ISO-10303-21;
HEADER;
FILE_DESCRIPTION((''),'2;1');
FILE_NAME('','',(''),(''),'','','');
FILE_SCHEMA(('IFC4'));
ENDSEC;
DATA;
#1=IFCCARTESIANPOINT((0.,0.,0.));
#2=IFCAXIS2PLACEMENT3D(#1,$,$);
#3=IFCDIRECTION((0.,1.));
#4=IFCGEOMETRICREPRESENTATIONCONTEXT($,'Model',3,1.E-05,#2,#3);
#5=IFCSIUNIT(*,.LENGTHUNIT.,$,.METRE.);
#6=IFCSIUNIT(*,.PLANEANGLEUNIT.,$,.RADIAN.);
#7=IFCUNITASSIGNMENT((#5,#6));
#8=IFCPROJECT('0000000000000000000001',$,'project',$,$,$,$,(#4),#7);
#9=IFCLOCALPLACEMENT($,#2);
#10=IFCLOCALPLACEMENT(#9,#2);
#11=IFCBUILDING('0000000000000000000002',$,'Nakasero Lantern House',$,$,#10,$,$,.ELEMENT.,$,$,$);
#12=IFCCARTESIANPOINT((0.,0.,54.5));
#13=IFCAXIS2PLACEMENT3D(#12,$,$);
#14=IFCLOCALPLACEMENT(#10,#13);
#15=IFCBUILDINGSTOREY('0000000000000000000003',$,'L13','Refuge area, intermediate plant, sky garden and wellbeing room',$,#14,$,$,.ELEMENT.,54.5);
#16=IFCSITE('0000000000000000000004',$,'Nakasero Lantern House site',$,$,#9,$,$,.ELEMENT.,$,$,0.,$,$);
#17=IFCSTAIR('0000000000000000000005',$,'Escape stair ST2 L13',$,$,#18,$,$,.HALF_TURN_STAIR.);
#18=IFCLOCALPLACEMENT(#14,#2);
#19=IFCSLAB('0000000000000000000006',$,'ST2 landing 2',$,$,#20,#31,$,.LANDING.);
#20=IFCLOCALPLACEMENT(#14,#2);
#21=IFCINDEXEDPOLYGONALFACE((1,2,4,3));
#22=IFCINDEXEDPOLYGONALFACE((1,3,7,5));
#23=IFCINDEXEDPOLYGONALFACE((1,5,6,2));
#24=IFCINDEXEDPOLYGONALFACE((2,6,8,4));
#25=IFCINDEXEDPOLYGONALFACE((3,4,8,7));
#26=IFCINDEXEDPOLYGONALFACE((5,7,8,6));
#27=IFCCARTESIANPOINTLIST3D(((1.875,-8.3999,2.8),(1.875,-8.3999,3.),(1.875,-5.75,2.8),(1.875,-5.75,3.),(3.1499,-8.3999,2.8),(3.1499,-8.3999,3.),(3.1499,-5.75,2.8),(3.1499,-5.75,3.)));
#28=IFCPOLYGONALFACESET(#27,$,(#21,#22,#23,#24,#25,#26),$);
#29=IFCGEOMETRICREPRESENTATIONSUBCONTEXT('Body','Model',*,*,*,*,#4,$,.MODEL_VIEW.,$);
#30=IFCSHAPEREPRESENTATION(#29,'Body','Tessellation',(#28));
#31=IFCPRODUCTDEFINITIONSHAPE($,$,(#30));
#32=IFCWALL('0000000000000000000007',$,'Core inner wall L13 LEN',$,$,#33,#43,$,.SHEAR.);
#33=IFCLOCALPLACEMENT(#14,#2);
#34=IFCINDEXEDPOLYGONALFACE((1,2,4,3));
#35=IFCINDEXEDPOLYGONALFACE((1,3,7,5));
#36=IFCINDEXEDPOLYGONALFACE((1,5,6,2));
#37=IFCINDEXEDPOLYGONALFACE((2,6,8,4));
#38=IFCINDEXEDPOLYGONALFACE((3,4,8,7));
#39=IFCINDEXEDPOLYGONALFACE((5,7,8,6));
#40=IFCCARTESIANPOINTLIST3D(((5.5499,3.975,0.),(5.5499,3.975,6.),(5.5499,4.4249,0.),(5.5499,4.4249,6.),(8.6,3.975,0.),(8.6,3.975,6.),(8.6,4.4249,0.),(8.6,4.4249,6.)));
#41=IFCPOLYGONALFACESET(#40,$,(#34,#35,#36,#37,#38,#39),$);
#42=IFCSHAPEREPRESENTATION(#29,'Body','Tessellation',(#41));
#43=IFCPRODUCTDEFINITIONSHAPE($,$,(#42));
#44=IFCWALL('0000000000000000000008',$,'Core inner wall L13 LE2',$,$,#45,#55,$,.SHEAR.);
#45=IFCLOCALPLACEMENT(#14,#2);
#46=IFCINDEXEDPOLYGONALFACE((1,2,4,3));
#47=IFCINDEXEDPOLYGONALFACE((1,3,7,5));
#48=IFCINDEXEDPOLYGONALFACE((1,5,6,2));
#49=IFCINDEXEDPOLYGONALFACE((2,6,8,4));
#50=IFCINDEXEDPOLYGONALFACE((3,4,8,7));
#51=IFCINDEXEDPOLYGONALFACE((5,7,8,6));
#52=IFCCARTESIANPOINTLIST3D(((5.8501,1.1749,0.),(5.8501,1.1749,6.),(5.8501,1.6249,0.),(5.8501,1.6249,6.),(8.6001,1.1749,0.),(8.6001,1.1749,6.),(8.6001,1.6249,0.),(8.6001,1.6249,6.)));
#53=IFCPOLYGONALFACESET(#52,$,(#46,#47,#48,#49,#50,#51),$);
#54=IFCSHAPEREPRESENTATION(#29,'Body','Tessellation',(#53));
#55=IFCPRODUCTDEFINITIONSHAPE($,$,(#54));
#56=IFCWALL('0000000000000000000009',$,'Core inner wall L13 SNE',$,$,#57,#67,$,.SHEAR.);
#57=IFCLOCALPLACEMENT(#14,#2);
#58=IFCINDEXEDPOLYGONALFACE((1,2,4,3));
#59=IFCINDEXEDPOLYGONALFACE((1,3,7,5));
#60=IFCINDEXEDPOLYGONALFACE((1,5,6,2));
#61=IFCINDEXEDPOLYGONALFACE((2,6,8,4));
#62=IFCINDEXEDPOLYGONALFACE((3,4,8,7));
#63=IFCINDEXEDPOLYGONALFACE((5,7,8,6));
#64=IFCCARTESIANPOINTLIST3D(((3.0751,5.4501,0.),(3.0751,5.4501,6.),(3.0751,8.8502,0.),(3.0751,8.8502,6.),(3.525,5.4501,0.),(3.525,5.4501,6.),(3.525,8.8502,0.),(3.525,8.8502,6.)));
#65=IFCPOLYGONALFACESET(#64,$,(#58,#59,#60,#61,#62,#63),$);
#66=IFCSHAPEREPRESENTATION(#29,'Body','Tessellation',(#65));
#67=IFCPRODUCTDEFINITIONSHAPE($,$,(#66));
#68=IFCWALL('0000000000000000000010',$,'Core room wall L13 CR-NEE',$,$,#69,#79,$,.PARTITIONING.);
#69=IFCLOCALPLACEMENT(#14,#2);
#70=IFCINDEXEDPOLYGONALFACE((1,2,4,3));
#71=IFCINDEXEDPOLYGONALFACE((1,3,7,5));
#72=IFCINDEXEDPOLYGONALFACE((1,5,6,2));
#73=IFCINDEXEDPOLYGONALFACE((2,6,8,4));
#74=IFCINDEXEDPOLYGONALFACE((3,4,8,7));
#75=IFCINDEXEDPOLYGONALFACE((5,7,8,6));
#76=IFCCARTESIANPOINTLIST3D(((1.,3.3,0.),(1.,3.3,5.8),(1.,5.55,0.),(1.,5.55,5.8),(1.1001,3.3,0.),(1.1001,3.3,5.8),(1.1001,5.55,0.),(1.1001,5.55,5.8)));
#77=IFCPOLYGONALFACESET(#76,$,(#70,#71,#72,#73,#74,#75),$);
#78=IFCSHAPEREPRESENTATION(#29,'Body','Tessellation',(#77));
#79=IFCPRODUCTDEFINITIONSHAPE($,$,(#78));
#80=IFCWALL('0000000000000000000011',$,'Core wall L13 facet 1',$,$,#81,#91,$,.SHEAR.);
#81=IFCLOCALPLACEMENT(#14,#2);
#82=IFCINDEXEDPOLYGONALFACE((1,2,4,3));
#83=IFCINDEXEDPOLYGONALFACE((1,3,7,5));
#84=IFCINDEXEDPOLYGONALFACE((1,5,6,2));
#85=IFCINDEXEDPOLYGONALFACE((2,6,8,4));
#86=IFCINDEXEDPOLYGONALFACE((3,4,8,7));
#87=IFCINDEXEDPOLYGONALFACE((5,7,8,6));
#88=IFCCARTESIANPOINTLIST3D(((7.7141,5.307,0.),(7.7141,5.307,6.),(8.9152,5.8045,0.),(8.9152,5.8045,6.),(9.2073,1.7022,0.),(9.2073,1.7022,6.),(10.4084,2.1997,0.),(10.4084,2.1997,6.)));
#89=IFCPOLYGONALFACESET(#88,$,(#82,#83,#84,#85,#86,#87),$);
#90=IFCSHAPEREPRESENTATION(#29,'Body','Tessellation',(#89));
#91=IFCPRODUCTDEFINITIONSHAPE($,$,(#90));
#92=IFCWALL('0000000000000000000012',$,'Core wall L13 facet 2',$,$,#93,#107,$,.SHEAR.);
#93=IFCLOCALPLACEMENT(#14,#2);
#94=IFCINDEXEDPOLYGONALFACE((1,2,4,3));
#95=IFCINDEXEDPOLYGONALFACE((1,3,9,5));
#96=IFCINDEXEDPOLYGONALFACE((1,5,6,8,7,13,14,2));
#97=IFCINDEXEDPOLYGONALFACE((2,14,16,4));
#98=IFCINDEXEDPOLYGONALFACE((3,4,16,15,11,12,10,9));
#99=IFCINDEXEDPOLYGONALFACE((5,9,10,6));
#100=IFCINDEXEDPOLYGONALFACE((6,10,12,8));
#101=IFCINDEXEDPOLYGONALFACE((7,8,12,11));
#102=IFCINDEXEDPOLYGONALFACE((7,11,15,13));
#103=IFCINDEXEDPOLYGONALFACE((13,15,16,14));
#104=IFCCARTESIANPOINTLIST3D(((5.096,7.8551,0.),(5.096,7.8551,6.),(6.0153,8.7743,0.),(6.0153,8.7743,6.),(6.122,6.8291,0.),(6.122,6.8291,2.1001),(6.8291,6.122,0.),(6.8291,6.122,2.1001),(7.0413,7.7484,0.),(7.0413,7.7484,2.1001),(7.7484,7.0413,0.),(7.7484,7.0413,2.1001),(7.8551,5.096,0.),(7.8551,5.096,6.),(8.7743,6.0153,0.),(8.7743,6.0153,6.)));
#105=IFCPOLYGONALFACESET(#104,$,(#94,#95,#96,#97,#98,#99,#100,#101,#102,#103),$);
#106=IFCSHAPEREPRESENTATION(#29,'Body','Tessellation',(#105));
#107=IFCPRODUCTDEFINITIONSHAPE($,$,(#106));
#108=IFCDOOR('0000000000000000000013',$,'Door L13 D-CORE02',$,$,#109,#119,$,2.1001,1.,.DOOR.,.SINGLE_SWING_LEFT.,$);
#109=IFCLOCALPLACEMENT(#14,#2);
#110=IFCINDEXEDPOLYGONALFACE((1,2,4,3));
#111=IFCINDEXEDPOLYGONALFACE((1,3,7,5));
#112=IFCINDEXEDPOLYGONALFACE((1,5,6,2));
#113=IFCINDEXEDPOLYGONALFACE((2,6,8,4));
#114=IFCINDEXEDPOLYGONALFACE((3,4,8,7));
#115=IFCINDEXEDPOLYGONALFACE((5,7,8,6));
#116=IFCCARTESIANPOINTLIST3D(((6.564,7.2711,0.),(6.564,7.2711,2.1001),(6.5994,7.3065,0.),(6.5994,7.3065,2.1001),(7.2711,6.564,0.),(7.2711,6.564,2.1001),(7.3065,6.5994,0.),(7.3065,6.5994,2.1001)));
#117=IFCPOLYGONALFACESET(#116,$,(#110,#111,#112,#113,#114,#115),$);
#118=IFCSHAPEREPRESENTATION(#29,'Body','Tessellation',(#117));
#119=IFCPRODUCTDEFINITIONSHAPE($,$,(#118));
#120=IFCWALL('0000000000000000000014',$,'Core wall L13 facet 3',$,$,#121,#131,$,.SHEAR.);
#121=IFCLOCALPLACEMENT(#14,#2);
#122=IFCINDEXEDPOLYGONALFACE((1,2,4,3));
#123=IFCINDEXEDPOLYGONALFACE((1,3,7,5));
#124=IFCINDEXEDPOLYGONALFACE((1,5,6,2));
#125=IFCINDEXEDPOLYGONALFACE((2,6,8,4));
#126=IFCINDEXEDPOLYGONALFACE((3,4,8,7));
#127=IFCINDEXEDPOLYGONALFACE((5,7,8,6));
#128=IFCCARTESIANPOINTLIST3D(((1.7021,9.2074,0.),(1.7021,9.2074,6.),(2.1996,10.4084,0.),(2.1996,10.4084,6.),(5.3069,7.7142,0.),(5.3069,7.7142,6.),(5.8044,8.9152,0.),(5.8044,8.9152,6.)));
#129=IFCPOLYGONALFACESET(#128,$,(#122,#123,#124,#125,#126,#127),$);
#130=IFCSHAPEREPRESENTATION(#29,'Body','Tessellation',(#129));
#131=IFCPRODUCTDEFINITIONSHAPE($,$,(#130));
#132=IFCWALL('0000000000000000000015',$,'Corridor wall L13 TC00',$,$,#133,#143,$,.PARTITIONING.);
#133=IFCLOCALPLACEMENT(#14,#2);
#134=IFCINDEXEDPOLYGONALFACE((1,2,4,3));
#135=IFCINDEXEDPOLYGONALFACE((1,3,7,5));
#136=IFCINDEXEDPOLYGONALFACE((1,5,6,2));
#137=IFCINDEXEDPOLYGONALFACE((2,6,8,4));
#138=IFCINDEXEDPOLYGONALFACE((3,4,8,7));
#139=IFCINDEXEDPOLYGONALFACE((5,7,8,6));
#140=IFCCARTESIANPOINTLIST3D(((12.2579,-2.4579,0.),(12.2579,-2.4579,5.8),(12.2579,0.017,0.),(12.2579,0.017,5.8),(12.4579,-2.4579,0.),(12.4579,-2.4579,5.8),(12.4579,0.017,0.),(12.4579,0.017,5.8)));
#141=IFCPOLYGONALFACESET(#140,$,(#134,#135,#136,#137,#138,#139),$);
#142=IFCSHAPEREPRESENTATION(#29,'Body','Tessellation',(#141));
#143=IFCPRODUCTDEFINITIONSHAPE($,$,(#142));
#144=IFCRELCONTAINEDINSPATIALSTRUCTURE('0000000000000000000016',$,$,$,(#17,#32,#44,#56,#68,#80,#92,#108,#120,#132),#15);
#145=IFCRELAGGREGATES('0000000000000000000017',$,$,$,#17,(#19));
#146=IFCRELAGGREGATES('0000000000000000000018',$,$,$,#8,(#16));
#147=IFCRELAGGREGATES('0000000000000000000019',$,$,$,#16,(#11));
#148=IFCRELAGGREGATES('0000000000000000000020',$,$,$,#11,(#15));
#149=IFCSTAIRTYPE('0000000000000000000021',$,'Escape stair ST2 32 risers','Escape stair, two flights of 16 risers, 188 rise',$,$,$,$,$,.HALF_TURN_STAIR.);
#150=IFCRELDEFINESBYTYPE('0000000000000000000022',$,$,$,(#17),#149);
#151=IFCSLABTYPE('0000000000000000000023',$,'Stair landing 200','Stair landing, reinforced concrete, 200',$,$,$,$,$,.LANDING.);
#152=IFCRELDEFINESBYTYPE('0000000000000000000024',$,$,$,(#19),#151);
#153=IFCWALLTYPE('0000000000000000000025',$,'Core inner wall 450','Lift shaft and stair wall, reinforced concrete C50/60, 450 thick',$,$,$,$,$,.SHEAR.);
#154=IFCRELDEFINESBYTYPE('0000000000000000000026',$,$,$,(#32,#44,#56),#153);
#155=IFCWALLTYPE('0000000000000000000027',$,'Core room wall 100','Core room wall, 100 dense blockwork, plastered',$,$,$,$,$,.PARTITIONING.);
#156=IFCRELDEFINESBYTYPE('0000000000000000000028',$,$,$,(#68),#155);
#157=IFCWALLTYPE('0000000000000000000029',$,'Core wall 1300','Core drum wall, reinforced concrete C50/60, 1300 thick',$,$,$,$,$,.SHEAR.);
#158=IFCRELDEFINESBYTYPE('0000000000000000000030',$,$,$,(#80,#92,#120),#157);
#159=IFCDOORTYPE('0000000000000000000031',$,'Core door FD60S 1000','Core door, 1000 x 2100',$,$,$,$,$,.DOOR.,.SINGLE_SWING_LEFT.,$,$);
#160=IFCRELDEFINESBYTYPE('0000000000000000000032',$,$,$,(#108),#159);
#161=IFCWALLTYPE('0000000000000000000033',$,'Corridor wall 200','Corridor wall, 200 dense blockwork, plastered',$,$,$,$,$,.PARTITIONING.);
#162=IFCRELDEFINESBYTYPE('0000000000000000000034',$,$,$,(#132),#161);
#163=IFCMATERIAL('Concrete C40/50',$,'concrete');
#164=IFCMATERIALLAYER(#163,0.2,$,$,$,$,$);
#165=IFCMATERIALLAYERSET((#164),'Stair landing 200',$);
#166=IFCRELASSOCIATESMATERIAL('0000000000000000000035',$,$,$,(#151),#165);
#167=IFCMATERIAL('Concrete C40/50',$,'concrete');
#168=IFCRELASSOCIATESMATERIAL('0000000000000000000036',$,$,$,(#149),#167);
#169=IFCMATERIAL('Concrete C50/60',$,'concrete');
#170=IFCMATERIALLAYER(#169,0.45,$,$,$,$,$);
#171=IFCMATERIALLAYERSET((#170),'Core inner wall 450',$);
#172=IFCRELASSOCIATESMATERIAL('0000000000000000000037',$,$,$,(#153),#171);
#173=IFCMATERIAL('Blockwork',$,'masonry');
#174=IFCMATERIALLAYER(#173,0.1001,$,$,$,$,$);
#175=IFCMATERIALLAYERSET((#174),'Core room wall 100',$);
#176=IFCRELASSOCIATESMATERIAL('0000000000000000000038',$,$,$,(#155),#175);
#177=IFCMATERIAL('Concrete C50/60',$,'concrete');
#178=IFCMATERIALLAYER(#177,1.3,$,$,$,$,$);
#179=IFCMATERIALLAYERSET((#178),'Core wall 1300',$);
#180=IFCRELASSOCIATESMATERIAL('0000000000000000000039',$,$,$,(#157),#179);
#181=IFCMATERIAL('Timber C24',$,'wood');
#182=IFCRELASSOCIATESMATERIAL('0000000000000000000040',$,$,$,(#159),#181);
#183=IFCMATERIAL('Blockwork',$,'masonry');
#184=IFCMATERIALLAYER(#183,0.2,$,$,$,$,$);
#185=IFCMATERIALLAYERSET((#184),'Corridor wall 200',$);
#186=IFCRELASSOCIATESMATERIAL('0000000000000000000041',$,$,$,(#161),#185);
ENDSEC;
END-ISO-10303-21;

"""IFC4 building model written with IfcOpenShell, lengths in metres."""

from ifc_helpers import new_model, si_unit, direction, frame, frame_2d, origin, place, context, subcontext, project, spatial, polyline, rectangle, outline, extrude, material, layer, layer_set, type_object, element, fill, aggregate, save


model = new_model("IFC4")

# Units and contexts
model_context = context("Model", 3, precision=1e-05, world=origin(), true_north=direction((0.0, 1.0)))
body_context = subcontext(model_context, "Body", "Model", "MODEL_VIEW")
ifc_project = project(units=[si_unit("LENGTHUNIT", "METRE"), si_unit("PLANEANGLEUNIT", "RADIAN")], contexts=[model_context])

# Site, building, storey
site_placement = place(None, origin())
site = spatial("IfcSite", under=ifc_project, at=site_placement, Name="Nakasero Lantern House site", CompositionType="ELEMENT", RefElevation=0.0)
building_placement = place(site_placement, origin())
building = spatial("IfcBuilding", under=site, at=building_placement, Name="Nakasero Lantern House", CompositionType="ELEMENT")
storey_placement = place(building_placement, frame((0.0, 0.0, 54.5)))
storey = spatial("IfcBuildingStorey", under=building, at=storey_placement, Name="L13", Description="Refuge area, intermediate plant, sky garden and wellbeing room", CompositionType="ELEMENT", Elevation=54.5)

# Stair, slab
ifc_material_1 = material(Name="Concrete C40/50", Category="concrete")
ifc_layer_1 = layer(ifc_material_1, 0.2)
ifc_layer_set_1 = layer_set([ifc_layer_1], Name="Stair landing 200")
slab_type_1 = type_object("IfcSlabType", Name="Stair landing 200", Description="Stair landing, reinforced concrete, 200", PredefinedType="LANDING", material=ifc_layer_set_1)
ifc_material_2 = material(Name="Concrete C40/50", Category="concrete")
stair_type_1 = type_object("IfcStairType", Name="Escape stair ST2 32 risers", Description="Escape stair, two flights of 16 risers, 188 rise", PredefinedType="HALF_TURN_STAIR", material=ifc_material_2)
stair_1_placement = place(storey_placement, origin())
stair_1 = element("IfcStair", 1, at=stair_1_placement, inside=storey, type_object=stair_type_1, Name="Escape stair ST2 L13", PredefinedType="HALF_TURN_STAIR")
slab_1_placement = place(storey_placement, frame((0.0, 0.0, 2.8)))
slab_1 = element("IfcSlab", 2, at=slab_1_placement, type_object=slab_type_1, Name="ST2 landing 2", PredefinedType="LANDING", context=body_context, shape_type="SweptSolid", body=[
    extrude(outline(polyline([(1.875, -8.3999), (3.1499, -8.3999), (3.1499, -5.75), (1.875, -5.75), (1.875, -8.3999)])), origin(), (0.0, 0.0, 1.0), 0.2),
])
aggregate(stair_1, [slab_1])

# Walls
ifc_material_3 = material(Name="Concrete C50/60", Category="concrete")
ifc_layer_2 = layer(ifc_material_3, 0.45)
ifc_layer_set_2 = layer_set([ifc_layer_2], Name="Core inner wall 450")
wall_type_1 = type_object("IfcWallType", Name="Core inner wall 450", Description="Lift shaft and stair wall, reinforced concrete C50/60, 450 thick", PredefinedType="SHEAR", material=ifc_layer_set_2)
wall_1_placement = place(storey_placement, frame((5.55, 4.2, 0.0), z_axis=(0.0, 0.0, 1.0), x_axis=(1.0, 0.0, 0.0)))
element("IfcWall", 3, at=wall_1_placement, inside=storey, type_object=wall_type_1, Name="Core inner wall L13 LEN", PredefinedType="SHEAR", context=body_context, shape_type="SweptSolid", body=[
    extrude(rectangle(XDim=3.05, YDim=0.45, at=frame_2d((1.5249, 0.0))), origin(), (0.0, 0.0, 1.0), 6.0),
])
wall_2_placement = place(storey_placement, frame((5.8501, 1.3999, 0.0), z_axis=(0.0, 0.0, 1.0), x_axis=(1.0, 0.0, 0.0)))
element("IfcWall", 4, at=wall_2_placement, inside=storey, type_object=wall_type_1, Name="Core inner wall L13 LE2", PredefinedType="SHEAR", context=body_context, shape_type="SweptSolid", body=[
    extrude(rectangle(XDim=2.75, YDim=0.45, at=frame_2d((1.375, 0.0))), origin(), (0.0, 0.0, 1.0), 6.0),
])
wall_3_placement = place(storey_placement, frame((3.3, 5.45, 0.0), z_axis=(0.0, 0.0, 1.0), x_axis=(0.0, 1.0, 0.0)))
element("IfcWall", 5, at=wall_3_placement, inside=storey, type_object=wall_type_1, Name="Core inner wall L13 SNE", PredefinedType="SHEAR", context=body_context, shape_type="SweptSolid", body=[
    extrude(rectangle(XDim=3.4001, YDim=0.45, at=frame_2d((1.7002, 0.0))), origin(), (0.0, 0.0, 1.0), 6.0),
])
ifc_material_4 = material(Name="Blockwork", Category="masonry")
ifc_layer_3 = layer(ifc_material_4, 0.1001)
ifc_layer_set_3 = layer_set([ifc_layer_3], Name="Core room wall 100")
wall_type_2 = type_object("IfcWallType", Name="Core room wall 100", Description="Core room wall, 100 dense blockwork, plastered", PredefinedType="PARTITIONING", material=ifc_layer_set_3)
wall_4_placement = place(storey_placement, frame((1.05, 3.3, 0.0), z_axis=(0.0, 0.0, 1.0), x_axis=(0.0, 1.0, 0.0)))
element("IfcWall", 6, at=wall_4_placement, inside=storey, type_object=wall_type_2, Name="Core room wall L13 CR-NEE", PredefinedType="PARTITIONING", context=body_context, shape_type="SweptSolid", body=[
    extrude(rectangle(XDim=2.25, YDim=0.1001, at=frame_2d((1.125, 0.0))), origin(), (0.0, 0.0, 1.0), 5.8),
])
ifc_material_5 = material(Name="Concrete C50/60", Category="concrete")
ifc_layer_4 = layer(ifc_material_5, 1.3)
ifc_layer_set_4 = layer_set([ifc_layer_4], Name="Core wall 1300")
wall_type_3 = type_object("IfcWallType", Name="Core wall 1300", Description="Core drum wall, reinforced concrete C50/60, 1300 thick", PredefinedType="SHEAR", material=ifc_layer_set_4)
wall_5_placement = place(storey_placement, frame((9.8079, 1.9509, 0.0), z_axis=(0.0, 0.0, 1.0), x_axis=(-0.382691, 0.923877, 0.0)))
element("IfcWall", 7, at=wall_5_placement, inside=storey, type_object=wall_type_3, Name="Core wall L13 facet 1", PredefinedType="SHEAR", context=body_context, shape_type="SweptSolid", body=[
    extrude(rectangle(XDim=3.9019, YDim=1.3, at=frame_2d((1.9509, 0.0))), origin(), (0.0, 0.0, 1.0), 6.0),
])

# Wall, opening, door
wall_6_placement = place(storey_placement, frame((8.3147, 5.5557, 0.0), z_axis=(0.0, 0.0, 1.0), x_axis=(-0.707107, 0.707107, 0.0)))
wall_6 = element("IfcWall", 8, at=wall_6_placement, inside=storey, type_object=wall_type_3, Name="Core wall L13 facet 2", PredefinedType="SHEAR", context=body_context, shape_type="SweptSolid", body=[
    extrude(rectangle(XDim=3.9019, YDim=1.3, at=frame_2d((1.9509, 0.0))), origin(), (0.0, 0.0, 1.0), 6.0),
])
opening_1_placement = place(wall_6_placement, frame((1.4509, 0.0, 0.0)))
opening_1 = element("IfcOpeningElement", 9, at=opening_1_placement, cuts=wall_6, PredefinedType="OPENING", context=body_context, shape_type="SweptSolid", body=[
    extrude(rectangle(XDim=1.0, YDim=2.1001, at=frame_2d((0.5, 1.05))), frame((0.0, 0.6699, 0.0), z_axis=(0.0, -1.0, 0.0), x_axis=(1.0, 0.0, 0.0)), (0.0, 0.0, 1.0), 1.3401),
])
ifc_material_6 = material(Name="Timber C24", Category="wood")
door_type_1 = type_object("IfcDoorType", Name="Core door FD60S 1000", Description="Core door, 1000 x 2100", OperationType="SINGLE_SWING_LEFT", PredefinedType="DOOR", material=ifc_material_6)
door_1_placement = place(opening_1_placement, origin())
door_1 = element("IfcDoor", 10, at=door_1_placement, inside=storey, type_object=door_type_1, Name="Door L13 D-CORE02", OperationType="SINGLE_SWING_LEFT", OverallHeight=2.1001, OverallWidth=1.0, PredefinedType="DOOR", context=body_context, shape_type="SweptSolid", body=[
    extrude(rectangle(XDim=1.0, YDim=2.1001, at=frame_2d((0.5, 1.05))), frame((0.0, 0.0249, 0.0), z_axis=(0.0, -1.0, 0.0), x_axis=(1.0, 0.0, 0.0)), (0.0, 0.0, 1.0), 0.05),
])
fill(opening_1, door_1)

# Walls
wall_7_placement = place(storey_placement, frame((5.5557, 8.3147, 0.0), z_axis=(0.0, 0.0, 1.0), x_axis=(-0.923877, 0.382691, 0.0)))
element("IfcWall", 11, at=wall_7_placement, inside=storey, type_object=wall_type_3, Name="Core wall L13 facet 3", PredefinedType="SHEAR", context=body_context, shape_type="SweptSolid", body=[
    extrude(rectangle(XDim=3.9019, YDim=1.3, at=frame_2d((1.9509, 0.0))), origin(), (0.0, 0.0, 1.0), 6.0),
])
ifc_material_7 = material(Name="Blockwork", Category="masonry")
ifc_layer_5 = layer(ifc_material_7, 0.2)
ifc_layer_set_5 = layer_set([ifc_layer_5], Name="Corridor wall 200")
wall_type_4 = type_object("IfcWallType", Name="Corridor wall 200", Description="Corridor wall, 200 dense blockwork, plastered", PredefinedType="PARTITIONING", material=ifc_layer_set_5)
wall_8_placement = place(storey_placement, frame((12.3579, 0.0168, 0.0), z_axis=(0.0, 0.0, 1.0), x_axis=(0.0, -1.0, 0.0)))
element("IfcWall", 12, at=wall_8_placement, inside=storey, type_object=wall_type_4, Name="Corridor wall L13 TC00", PredefinedType="PARTITIONING", context=body_context, shape_type="SweptSolid", body=[
    extrude(rectangle(XDim=2.4749, YDim=0.2, at=frame_2d((1.2373, 0.0))), origin(), (0.0, 0.0, 1.0), 5.8),
])

save(model, "model.ifc")
